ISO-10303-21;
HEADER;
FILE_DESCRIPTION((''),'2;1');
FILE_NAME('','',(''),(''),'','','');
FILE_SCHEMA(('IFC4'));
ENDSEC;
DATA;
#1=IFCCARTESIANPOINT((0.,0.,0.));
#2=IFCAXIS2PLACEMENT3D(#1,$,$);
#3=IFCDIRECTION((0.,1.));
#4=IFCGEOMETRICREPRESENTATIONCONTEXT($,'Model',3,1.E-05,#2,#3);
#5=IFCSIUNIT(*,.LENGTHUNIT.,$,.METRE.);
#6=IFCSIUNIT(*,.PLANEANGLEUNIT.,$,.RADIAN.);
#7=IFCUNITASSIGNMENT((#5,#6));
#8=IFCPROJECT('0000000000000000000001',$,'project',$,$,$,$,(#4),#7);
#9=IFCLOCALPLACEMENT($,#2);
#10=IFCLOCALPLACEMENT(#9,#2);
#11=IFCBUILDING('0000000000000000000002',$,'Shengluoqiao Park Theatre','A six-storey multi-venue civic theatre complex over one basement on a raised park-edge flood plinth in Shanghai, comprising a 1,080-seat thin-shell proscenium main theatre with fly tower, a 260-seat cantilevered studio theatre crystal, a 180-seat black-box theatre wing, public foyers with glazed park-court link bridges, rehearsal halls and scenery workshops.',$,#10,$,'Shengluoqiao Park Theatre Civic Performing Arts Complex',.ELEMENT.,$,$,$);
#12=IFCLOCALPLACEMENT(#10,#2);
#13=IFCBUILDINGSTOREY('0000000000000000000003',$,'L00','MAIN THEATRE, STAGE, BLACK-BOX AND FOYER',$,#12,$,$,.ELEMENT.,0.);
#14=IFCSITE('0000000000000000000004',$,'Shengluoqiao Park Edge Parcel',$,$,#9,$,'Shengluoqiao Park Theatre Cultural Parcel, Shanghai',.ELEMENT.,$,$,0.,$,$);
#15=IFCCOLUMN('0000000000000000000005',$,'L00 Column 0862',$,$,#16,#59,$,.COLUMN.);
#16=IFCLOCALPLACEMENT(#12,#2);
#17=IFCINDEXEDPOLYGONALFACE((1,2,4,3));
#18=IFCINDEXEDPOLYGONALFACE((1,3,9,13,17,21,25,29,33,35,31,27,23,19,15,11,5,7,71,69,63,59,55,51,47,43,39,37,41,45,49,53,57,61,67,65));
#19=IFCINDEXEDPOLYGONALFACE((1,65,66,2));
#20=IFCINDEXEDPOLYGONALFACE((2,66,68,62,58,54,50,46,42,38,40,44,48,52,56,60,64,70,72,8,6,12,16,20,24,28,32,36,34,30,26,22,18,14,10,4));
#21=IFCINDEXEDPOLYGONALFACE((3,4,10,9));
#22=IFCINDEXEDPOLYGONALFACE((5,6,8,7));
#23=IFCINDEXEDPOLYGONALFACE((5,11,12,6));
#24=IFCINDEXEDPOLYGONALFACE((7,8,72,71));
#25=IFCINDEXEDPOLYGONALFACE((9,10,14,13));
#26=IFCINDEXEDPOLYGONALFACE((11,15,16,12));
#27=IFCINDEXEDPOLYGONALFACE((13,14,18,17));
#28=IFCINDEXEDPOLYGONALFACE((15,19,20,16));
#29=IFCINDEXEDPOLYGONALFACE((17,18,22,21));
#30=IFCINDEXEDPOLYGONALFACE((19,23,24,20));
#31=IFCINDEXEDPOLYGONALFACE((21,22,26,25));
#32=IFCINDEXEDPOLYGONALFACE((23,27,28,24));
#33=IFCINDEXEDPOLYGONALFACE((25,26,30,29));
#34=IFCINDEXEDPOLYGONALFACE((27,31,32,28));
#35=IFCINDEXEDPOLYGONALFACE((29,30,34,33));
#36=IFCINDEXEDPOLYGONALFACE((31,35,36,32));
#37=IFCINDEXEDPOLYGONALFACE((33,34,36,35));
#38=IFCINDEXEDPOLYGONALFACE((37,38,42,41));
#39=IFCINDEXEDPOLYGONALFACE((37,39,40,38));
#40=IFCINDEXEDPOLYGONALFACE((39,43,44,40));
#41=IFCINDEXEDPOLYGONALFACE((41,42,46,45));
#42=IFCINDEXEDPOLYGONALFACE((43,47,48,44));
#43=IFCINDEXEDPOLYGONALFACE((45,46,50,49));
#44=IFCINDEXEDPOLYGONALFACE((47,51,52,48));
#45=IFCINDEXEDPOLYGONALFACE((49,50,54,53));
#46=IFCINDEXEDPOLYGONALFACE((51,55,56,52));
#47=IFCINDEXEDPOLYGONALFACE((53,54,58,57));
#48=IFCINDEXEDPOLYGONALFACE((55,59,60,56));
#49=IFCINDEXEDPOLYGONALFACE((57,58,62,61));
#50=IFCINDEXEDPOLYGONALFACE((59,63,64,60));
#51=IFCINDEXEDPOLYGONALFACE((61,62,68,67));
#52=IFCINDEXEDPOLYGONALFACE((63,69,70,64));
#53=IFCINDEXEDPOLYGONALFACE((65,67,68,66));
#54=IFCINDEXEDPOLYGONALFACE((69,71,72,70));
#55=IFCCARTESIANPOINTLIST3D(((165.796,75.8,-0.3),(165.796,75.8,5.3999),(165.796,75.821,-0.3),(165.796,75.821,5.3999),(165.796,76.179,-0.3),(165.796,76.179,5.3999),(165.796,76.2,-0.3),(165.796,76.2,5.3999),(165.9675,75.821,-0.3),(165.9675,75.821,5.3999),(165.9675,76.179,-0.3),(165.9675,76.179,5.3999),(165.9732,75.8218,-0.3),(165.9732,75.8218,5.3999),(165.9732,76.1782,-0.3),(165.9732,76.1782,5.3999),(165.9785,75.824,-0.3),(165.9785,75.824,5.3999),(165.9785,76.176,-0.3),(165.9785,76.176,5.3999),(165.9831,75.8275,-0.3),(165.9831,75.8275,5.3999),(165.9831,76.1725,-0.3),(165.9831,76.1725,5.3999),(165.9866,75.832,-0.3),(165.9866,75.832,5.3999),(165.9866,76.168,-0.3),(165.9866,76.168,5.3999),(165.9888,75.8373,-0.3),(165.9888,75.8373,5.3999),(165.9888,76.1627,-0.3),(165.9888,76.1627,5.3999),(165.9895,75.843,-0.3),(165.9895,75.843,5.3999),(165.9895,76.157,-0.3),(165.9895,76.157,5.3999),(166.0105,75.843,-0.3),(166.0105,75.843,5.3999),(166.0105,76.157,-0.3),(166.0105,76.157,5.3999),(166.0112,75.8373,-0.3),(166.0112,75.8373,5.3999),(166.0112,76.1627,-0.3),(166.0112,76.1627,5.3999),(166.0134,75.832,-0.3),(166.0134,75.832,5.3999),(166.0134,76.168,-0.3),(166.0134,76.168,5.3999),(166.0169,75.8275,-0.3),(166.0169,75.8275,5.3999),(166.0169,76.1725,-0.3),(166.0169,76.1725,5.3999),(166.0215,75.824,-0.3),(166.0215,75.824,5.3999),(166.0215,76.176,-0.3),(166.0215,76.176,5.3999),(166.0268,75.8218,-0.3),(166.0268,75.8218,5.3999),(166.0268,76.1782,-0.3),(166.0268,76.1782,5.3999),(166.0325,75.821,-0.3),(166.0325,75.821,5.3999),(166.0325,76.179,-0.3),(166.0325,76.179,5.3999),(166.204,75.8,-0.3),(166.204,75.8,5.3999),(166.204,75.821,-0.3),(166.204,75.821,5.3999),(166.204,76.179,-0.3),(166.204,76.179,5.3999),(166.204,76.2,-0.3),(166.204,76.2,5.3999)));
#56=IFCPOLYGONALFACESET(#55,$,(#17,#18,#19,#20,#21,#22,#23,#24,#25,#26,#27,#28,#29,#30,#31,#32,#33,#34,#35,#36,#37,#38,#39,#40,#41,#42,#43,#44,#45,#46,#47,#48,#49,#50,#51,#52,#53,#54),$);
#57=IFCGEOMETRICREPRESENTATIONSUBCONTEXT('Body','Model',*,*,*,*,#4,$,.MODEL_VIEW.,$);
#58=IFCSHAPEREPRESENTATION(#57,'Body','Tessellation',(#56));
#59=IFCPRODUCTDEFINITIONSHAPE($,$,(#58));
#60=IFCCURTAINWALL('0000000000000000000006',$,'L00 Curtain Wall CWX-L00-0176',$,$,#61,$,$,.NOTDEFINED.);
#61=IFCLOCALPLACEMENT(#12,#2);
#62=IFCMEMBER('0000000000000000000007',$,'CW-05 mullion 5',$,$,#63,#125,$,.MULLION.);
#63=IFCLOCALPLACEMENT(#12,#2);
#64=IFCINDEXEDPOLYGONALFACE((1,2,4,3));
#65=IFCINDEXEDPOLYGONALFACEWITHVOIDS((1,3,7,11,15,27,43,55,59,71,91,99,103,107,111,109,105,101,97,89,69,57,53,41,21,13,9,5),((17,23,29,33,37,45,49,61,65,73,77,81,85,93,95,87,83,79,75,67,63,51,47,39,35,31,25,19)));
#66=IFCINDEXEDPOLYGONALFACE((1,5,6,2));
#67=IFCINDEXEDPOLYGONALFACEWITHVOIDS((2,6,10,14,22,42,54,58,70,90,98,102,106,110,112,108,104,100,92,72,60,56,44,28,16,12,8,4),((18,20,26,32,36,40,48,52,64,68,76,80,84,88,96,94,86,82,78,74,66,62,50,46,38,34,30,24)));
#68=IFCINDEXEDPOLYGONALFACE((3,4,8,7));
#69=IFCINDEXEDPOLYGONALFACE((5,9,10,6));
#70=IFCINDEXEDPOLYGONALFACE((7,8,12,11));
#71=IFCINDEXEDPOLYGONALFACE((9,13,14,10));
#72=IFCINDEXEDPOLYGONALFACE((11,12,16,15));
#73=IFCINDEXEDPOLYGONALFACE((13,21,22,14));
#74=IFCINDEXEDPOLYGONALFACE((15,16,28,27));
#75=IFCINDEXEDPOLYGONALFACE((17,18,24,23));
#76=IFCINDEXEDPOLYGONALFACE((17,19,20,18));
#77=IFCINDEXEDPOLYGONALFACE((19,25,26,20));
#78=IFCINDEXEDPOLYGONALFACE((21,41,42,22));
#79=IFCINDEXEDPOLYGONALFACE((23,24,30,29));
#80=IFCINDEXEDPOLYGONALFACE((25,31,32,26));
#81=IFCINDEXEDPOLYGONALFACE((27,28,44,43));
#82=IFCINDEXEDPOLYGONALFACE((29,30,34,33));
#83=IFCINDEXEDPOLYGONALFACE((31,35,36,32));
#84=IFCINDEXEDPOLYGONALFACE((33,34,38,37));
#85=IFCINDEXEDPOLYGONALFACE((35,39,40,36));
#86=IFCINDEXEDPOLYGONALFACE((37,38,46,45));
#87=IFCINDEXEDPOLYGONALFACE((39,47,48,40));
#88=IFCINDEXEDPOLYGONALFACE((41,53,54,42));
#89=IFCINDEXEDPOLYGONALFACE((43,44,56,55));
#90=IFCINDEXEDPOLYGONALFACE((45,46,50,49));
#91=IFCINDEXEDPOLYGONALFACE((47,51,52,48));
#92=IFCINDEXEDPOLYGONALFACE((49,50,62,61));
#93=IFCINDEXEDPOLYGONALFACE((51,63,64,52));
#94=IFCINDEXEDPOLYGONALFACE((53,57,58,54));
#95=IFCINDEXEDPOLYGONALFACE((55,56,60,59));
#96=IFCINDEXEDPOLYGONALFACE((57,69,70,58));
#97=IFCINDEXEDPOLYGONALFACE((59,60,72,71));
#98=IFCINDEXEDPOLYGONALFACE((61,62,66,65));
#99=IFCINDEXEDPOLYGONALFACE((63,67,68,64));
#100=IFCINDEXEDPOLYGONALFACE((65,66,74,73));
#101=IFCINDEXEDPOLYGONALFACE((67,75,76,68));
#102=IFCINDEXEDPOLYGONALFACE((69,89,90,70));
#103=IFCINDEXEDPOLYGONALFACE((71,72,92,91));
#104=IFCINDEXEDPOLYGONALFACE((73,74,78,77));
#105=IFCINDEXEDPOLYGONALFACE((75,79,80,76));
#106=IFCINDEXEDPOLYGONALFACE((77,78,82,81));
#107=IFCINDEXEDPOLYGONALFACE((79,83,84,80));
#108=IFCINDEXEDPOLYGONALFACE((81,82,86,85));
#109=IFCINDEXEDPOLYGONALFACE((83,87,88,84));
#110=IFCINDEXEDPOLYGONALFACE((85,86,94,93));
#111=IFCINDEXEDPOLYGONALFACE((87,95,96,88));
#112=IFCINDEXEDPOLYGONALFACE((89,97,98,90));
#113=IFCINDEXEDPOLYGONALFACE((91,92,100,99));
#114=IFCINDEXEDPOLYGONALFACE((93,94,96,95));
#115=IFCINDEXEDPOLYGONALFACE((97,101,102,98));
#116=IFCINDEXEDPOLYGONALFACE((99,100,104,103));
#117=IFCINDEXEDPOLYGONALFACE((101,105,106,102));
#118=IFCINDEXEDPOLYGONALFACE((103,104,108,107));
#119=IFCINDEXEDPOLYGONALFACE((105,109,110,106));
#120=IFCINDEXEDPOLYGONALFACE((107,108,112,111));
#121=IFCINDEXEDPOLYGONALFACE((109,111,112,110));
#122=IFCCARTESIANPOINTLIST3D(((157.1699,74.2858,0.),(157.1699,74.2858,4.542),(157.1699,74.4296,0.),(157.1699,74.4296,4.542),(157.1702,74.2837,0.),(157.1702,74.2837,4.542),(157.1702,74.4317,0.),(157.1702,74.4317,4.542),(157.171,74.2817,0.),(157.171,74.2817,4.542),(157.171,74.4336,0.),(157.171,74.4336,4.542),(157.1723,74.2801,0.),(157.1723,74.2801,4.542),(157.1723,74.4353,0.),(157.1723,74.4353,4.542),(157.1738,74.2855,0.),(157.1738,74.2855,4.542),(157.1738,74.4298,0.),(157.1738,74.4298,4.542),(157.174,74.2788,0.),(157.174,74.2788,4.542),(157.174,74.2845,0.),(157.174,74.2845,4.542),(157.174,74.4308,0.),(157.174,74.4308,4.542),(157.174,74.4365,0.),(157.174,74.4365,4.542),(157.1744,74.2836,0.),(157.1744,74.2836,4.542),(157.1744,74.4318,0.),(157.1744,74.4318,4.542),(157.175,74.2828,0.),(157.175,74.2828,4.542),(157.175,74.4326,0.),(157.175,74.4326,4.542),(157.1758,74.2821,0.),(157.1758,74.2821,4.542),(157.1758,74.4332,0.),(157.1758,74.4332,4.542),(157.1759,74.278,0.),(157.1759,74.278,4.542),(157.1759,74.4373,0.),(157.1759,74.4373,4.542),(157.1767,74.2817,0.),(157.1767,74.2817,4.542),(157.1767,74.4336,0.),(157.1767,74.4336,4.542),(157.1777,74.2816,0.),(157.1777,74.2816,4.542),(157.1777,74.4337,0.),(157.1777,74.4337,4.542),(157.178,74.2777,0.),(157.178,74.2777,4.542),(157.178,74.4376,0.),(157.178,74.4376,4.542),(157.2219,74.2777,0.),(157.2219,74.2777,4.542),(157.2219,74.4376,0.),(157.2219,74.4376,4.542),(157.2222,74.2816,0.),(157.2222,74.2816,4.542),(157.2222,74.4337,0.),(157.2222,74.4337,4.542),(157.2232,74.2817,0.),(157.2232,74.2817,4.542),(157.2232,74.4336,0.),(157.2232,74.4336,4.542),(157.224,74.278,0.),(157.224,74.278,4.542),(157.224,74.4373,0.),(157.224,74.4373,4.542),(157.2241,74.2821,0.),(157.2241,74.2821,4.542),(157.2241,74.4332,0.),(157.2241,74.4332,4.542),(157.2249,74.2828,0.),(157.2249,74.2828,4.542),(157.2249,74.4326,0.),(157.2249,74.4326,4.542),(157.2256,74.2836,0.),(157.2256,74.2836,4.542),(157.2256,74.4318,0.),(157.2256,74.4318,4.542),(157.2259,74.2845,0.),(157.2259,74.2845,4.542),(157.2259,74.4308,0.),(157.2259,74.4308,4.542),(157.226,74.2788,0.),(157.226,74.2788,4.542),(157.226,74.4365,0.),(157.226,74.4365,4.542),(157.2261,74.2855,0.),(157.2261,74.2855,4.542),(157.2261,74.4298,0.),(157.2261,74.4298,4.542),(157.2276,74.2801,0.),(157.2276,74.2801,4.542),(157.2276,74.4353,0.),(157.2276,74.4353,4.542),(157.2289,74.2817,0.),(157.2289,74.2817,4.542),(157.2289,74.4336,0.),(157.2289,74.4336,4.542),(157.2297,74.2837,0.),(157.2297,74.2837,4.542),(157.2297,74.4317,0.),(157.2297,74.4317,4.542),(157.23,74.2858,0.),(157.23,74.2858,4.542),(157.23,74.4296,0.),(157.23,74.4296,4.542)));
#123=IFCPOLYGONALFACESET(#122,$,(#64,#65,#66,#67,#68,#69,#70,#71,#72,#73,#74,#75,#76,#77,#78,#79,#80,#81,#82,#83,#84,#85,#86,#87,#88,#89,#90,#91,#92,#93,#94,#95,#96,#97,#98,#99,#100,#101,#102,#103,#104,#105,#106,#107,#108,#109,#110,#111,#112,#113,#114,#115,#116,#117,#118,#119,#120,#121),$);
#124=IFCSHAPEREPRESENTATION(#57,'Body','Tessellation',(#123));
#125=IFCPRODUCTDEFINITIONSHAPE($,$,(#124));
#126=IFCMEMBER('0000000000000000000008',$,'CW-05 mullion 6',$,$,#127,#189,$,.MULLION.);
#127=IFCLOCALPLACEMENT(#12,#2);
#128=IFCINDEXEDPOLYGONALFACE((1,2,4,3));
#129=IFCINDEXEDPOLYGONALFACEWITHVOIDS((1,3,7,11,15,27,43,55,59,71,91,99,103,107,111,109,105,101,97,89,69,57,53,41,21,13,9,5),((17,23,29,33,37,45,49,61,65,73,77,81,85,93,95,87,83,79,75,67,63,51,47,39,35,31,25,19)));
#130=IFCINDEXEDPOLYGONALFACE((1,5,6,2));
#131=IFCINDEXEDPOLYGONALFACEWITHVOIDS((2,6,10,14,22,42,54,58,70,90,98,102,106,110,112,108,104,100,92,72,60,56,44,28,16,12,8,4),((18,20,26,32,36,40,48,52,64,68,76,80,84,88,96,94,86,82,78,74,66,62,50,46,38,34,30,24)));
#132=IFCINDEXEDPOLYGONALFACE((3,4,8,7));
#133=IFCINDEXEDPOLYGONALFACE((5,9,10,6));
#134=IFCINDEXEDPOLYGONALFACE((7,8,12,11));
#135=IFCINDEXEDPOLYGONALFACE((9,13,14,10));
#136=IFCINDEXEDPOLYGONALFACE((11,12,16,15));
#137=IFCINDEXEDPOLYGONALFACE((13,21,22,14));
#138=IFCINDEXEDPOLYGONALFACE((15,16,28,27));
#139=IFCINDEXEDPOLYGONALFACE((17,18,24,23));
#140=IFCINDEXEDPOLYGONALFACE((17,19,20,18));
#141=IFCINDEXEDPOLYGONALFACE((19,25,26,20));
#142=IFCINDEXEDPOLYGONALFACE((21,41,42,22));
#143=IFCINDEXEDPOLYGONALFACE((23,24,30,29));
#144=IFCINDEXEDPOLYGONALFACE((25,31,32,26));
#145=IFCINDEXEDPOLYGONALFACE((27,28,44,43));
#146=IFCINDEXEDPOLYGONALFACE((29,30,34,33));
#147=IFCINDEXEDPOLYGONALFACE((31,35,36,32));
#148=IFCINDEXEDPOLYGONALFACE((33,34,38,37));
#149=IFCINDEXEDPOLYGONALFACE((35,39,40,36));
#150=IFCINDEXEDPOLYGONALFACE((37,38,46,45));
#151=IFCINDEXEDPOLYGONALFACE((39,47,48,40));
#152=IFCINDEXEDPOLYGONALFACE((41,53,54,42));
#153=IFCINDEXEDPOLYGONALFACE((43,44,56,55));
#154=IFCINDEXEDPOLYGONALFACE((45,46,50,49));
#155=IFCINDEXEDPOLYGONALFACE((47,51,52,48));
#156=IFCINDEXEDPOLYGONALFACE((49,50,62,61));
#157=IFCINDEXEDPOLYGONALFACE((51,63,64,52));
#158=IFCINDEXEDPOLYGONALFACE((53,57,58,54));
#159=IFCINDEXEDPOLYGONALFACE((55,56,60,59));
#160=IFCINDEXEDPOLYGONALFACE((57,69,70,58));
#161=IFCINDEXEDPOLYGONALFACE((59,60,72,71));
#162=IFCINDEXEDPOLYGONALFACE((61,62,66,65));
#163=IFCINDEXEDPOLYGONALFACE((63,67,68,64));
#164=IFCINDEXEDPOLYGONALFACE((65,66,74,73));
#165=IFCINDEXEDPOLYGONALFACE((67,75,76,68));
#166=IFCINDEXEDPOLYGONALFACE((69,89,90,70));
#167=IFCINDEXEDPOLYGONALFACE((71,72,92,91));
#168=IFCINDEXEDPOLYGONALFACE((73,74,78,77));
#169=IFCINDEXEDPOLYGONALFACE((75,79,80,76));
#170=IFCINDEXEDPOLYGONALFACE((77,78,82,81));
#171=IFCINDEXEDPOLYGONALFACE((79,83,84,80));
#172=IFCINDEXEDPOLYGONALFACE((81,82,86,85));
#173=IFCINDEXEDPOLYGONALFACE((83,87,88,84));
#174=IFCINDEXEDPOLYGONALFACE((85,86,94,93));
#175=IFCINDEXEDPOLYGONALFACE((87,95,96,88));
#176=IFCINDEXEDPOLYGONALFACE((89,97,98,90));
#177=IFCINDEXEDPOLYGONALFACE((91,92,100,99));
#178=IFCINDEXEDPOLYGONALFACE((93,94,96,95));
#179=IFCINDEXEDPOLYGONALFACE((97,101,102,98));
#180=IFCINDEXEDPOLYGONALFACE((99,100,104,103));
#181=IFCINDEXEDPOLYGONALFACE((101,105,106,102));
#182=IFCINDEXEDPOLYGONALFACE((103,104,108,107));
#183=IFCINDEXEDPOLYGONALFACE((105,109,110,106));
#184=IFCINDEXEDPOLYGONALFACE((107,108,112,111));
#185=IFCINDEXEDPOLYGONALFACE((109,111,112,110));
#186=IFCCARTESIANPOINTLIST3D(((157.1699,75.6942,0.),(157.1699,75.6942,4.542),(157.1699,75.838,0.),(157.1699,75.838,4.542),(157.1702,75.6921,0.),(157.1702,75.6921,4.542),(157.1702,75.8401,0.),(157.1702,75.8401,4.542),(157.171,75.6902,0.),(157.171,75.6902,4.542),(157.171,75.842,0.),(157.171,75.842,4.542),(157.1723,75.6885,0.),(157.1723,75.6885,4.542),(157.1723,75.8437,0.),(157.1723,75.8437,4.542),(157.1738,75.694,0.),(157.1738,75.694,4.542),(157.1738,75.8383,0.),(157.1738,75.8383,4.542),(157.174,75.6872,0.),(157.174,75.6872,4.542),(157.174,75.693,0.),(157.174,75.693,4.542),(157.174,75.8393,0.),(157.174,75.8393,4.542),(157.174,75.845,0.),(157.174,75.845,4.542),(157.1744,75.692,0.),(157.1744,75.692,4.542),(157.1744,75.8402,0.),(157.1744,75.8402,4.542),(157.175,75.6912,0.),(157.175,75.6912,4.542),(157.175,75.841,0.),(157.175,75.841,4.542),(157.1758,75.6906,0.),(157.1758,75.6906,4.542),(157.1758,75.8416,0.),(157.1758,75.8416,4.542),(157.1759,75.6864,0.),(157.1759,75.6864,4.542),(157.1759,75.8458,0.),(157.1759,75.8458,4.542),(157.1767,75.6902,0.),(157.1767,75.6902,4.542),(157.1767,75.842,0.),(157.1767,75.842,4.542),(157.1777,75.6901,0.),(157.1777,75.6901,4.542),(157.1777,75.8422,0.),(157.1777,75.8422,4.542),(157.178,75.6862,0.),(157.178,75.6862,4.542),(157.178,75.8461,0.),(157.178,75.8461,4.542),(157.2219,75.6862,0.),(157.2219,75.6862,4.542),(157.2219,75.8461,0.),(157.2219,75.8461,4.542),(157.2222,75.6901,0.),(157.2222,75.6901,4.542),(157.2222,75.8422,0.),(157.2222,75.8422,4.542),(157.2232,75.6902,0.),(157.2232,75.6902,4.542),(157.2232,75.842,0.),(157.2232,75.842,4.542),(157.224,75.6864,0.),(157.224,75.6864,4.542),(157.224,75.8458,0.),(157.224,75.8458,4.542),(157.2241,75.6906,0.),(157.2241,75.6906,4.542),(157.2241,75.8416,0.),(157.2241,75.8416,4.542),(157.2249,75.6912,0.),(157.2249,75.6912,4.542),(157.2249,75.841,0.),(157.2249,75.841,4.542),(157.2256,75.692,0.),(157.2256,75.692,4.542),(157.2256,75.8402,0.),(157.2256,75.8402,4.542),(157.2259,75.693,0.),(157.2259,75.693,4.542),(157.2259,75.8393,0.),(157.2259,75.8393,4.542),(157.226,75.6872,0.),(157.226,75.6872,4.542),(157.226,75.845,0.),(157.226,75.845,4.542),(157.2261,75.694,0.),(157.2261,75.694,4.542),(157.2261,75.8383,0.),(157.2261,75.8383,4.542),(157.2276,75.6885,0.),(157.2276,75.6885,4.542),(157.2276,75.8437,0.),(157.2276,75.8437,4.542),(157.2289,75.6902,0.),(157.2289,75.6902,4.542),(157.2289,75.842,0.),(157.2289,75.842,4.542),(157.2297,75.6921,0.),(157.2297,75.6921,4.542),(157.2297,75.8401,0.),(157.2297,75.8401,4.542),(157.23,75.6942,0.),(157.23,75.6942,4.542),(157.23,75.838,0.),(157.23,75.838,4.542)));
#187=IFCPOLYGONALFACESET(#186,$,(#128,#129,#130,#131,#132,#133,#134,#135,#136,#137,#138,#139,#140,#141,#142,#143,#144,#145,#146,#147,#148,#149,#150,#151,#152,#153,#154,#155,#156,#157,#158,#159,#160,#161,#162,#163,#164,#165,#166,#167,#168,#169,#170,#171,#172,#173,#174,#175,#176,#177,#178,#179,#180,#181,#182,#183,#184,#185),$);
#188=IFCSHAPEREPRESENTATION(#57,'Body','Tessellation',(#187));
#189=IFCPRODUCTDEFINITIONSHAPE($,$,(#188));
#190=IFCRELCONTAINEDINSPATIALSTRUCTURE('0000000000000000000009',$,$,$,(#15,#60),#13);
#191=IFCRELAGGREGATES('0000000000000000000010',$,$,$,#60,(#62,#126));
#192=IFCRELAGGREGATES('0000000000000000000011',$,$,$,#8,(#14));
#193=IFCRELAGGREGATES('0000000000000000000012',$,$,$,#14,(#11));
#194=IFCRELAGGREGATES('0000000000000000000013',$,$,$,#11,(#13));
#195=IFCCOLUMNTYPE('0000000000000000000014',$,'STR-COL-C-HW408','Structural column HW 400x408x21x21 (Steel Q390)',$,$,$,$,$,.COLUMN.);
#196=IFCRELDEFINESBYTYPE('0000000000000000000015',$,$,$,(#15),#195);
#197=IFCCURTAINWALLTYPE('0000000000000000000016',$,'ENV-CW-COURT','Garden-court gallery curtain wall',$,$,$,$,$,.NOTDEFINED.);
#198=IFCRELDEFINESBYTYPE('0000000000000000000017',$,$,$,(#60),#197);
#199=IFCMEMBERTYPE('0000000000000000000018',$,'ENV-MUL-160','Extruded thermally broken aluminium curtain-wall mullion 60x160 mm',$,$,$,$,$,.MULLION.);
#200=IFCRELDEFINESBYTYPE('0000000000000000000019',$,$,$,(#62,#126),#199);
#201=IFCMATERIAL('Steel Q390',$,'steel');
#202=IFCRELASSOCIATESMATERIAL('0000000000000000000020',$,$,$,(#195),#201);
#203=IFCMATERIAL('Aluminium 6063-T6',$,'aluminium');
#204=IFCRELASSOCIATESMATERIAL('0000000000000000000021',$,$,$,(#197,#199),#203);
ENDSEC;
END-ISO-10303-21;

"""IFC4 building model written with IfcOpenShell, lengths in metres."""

from ifc_helpers import new_model, si_unit, direction, frame, origin, origin_2d, place, context, subcontext, project, spatial, hollow_rectangle, i_section, extrude, material, material_profile, profile_set, type_object, element, aggregate, save


model = new_model("IFC4")

# Units and contexts
model_context = context("Model", 3, precision=1e-05, world=origin(), true_north=direction((0.0, 1.0)))
body_context = subcontext(model_context, "Body", "Model", "MODEL_VIEW")
ifc_project = project(units=[si_unit("LENGTHUNIT", "METRE"), si_unit("PLANEANGLEUNIT", "RADIAN")], contexts=[model_context])

# Site, building, storey
site_placement = place(None, origin())
site = spatial("IfcSite", under=ifc_project, at=site_placement, Name="Shengluoqiao Park Edge Parcel", LongName="Shengluoqiao Park Theatre Cultural Parcel, Shanghai", CompositionType="ELEMENT", RefElevation=0.0)
building_placement = place(site_placement, origin())
building = spatial("IfcBuilding", under=site, at=building_placement, Name="Shengluoqiao Park Theatre", Description="A six-storey multi-venue civic theatre complex over one basement on a raised park-edge flood plinth in Shanghai, comprising a 1,080-seat thin-shell proscenium main theatre with fly tower, a 260-seat cantilevered studio theatre crystal, a 180-seat black-box theatre wing, public foyers with glazed park-court link bridges, rehearsal halls and scenery workshops.", LongName="Shengluoqiao Park Theatre Civic Performing Arts Complex", CompositionType="ELEMENT")
storey_placement = place(building_placement, origin())
storey = spatial("IfcBuildingStorey", under=building, at=storey_placement, Name="L00", Description="MAIN THEATRE, STAGE, BLACK-BOX AND FOYER", CompositionType="ELEMENT", Elevation=0.0)

# Column
ifc_material_1 = material(Name="Steel Q390", Category="steel")
ifc_material_profile_1 = material_profile(ifc_material_1, i_section(OverallWidth=0.408, OverallDepth=0.3999, WebThickness=0.021, FlangeThickness=0.021, FilletRadius=0.022, at=origin_2d()), Name="HW 400x408x21x21")
ifc_profile_set_1 = profile_set([ifc_material_profile_1], Name="Steel Q390")
column_type = type_object("IfcColumnType", Name="STR-COL-C-HW408", Description="Structural column HW 400x408x21x21 (Steel Q390)", PredefinedType="COLUMN", material=ifc_profile_set_1)
for number, where, z_axis, x_axis, name in (
    (1, (166.0, 76.0, -0.3), (0.0, 0.0, 1.0), (1.0, 0.0, 0.0), "L00 Column 0862"),
):
    element("IfcColumn", number, at=place(storey_placement, frame(where, z_axis=z_axis, x_axis=x_axis)), inside=storey, type_object=column_type, Name=name, PredefinedType="COLUMN", context=body_context, shape_type="SweptSolid", body=[
        extrude(i_section(OverallWidth=0.408, OverallDepth=0.3999, WebThickness=0.021, FlangeThickness=0.021, FilletRadius=0.022, at=origin_2d()), origin(), (0.0, 0.0, 1.0), 5.7),
    ])

# Curtain wall, members
ifc_material_2 = material(Name="Aluminium 6063-T6", Category="aluminium")
curtain_wall_type = type_object("IfcCurtainWallType", Name="ENV-CW-COURT", Description="Garden-court gallery curtain wall", PredefinedType="NOTDEFINED", material=ifc_material_2)
curtain_wall_placement = place(storey_placement, origin())
curtain_wall = element("IfcCurtainWall", 2, at=curtain_wall_placement, inside=storey, type_object=curtain_wall_type, Name="L00 Curtain Wall CWX-L00-0176", PredefinedType="NOTDEFINED")
ifc_material_profile_2 = material_profile(ifc_material_2, hollow_rectangle(XDim=0.0601, YDim=0.1599, WallThickness=0.0039, InnerFilletRadius=0.0039, OuterFilletRadius=0.0081, at=origin_2d()), Name="ALU MULLION 160x60x4")
ifc_profile_set_2 = profile_set([ifc_material_profile_2], Name="Aluminium 6063-T6")
member_type_1 = type_object("IfcMemberType", Name="ENV-MUL-160", Description="Extruded thermally broken aluminium curtain-wall mullion 60x160 mm", PredefinedType="MULLION", material=ifc_profile_set_2)
member_1_placement = place(storey_placement, frame((157.2, 74.3577, 0.0), z_axis=(0.0, 0.0, 1.0), x_axis=(-1.0, 0.0, 0.0)))
member_1 = element("IfcMember", 3, at=member_1_placement, type_object=member_type_1, Name="CW-05 mullion 5", PredefinedType="MULLION", context=body_context, shape_type="SweptSolid", body=[
    extrude(hollow_rectangle(XDim=0.0601, YDim=0.1599, WallThickness=0.0039, InnerFilletRadius=0.0039, OuterFilletRadius=0.0081, at=origin_2d()), origin(), (0.0, 0.0, 1.0), 4.542),
])
member_2_placement = place(storey_placement, frame((157.2, 75.7661, 0.0), z_axis=(0.0, 0.0, 1.0), x_axis=(-1.0, 0.0, 0.0)))
member_2 = element("IfcMember", 4, at=member_2_placement, type_object=member_type_1, Name="CW-05 mullion 6", PredefinedType="MULLION", context=body_context, shape_type="SweptSolid", body=[
    extrude(hollow_rectangle(XDim=0.0601, YDim=0.1599, WallThickness=0.0039, InnerFilletRadius=0.0039, OuterFilletRadius=0.0081, at=origin_2d()), origin(), (0.0, 0.0, 1.0), 4.542),
])
aggregate(curtain_wall, [member_1, member_2])

save(model, "model.ifc")
